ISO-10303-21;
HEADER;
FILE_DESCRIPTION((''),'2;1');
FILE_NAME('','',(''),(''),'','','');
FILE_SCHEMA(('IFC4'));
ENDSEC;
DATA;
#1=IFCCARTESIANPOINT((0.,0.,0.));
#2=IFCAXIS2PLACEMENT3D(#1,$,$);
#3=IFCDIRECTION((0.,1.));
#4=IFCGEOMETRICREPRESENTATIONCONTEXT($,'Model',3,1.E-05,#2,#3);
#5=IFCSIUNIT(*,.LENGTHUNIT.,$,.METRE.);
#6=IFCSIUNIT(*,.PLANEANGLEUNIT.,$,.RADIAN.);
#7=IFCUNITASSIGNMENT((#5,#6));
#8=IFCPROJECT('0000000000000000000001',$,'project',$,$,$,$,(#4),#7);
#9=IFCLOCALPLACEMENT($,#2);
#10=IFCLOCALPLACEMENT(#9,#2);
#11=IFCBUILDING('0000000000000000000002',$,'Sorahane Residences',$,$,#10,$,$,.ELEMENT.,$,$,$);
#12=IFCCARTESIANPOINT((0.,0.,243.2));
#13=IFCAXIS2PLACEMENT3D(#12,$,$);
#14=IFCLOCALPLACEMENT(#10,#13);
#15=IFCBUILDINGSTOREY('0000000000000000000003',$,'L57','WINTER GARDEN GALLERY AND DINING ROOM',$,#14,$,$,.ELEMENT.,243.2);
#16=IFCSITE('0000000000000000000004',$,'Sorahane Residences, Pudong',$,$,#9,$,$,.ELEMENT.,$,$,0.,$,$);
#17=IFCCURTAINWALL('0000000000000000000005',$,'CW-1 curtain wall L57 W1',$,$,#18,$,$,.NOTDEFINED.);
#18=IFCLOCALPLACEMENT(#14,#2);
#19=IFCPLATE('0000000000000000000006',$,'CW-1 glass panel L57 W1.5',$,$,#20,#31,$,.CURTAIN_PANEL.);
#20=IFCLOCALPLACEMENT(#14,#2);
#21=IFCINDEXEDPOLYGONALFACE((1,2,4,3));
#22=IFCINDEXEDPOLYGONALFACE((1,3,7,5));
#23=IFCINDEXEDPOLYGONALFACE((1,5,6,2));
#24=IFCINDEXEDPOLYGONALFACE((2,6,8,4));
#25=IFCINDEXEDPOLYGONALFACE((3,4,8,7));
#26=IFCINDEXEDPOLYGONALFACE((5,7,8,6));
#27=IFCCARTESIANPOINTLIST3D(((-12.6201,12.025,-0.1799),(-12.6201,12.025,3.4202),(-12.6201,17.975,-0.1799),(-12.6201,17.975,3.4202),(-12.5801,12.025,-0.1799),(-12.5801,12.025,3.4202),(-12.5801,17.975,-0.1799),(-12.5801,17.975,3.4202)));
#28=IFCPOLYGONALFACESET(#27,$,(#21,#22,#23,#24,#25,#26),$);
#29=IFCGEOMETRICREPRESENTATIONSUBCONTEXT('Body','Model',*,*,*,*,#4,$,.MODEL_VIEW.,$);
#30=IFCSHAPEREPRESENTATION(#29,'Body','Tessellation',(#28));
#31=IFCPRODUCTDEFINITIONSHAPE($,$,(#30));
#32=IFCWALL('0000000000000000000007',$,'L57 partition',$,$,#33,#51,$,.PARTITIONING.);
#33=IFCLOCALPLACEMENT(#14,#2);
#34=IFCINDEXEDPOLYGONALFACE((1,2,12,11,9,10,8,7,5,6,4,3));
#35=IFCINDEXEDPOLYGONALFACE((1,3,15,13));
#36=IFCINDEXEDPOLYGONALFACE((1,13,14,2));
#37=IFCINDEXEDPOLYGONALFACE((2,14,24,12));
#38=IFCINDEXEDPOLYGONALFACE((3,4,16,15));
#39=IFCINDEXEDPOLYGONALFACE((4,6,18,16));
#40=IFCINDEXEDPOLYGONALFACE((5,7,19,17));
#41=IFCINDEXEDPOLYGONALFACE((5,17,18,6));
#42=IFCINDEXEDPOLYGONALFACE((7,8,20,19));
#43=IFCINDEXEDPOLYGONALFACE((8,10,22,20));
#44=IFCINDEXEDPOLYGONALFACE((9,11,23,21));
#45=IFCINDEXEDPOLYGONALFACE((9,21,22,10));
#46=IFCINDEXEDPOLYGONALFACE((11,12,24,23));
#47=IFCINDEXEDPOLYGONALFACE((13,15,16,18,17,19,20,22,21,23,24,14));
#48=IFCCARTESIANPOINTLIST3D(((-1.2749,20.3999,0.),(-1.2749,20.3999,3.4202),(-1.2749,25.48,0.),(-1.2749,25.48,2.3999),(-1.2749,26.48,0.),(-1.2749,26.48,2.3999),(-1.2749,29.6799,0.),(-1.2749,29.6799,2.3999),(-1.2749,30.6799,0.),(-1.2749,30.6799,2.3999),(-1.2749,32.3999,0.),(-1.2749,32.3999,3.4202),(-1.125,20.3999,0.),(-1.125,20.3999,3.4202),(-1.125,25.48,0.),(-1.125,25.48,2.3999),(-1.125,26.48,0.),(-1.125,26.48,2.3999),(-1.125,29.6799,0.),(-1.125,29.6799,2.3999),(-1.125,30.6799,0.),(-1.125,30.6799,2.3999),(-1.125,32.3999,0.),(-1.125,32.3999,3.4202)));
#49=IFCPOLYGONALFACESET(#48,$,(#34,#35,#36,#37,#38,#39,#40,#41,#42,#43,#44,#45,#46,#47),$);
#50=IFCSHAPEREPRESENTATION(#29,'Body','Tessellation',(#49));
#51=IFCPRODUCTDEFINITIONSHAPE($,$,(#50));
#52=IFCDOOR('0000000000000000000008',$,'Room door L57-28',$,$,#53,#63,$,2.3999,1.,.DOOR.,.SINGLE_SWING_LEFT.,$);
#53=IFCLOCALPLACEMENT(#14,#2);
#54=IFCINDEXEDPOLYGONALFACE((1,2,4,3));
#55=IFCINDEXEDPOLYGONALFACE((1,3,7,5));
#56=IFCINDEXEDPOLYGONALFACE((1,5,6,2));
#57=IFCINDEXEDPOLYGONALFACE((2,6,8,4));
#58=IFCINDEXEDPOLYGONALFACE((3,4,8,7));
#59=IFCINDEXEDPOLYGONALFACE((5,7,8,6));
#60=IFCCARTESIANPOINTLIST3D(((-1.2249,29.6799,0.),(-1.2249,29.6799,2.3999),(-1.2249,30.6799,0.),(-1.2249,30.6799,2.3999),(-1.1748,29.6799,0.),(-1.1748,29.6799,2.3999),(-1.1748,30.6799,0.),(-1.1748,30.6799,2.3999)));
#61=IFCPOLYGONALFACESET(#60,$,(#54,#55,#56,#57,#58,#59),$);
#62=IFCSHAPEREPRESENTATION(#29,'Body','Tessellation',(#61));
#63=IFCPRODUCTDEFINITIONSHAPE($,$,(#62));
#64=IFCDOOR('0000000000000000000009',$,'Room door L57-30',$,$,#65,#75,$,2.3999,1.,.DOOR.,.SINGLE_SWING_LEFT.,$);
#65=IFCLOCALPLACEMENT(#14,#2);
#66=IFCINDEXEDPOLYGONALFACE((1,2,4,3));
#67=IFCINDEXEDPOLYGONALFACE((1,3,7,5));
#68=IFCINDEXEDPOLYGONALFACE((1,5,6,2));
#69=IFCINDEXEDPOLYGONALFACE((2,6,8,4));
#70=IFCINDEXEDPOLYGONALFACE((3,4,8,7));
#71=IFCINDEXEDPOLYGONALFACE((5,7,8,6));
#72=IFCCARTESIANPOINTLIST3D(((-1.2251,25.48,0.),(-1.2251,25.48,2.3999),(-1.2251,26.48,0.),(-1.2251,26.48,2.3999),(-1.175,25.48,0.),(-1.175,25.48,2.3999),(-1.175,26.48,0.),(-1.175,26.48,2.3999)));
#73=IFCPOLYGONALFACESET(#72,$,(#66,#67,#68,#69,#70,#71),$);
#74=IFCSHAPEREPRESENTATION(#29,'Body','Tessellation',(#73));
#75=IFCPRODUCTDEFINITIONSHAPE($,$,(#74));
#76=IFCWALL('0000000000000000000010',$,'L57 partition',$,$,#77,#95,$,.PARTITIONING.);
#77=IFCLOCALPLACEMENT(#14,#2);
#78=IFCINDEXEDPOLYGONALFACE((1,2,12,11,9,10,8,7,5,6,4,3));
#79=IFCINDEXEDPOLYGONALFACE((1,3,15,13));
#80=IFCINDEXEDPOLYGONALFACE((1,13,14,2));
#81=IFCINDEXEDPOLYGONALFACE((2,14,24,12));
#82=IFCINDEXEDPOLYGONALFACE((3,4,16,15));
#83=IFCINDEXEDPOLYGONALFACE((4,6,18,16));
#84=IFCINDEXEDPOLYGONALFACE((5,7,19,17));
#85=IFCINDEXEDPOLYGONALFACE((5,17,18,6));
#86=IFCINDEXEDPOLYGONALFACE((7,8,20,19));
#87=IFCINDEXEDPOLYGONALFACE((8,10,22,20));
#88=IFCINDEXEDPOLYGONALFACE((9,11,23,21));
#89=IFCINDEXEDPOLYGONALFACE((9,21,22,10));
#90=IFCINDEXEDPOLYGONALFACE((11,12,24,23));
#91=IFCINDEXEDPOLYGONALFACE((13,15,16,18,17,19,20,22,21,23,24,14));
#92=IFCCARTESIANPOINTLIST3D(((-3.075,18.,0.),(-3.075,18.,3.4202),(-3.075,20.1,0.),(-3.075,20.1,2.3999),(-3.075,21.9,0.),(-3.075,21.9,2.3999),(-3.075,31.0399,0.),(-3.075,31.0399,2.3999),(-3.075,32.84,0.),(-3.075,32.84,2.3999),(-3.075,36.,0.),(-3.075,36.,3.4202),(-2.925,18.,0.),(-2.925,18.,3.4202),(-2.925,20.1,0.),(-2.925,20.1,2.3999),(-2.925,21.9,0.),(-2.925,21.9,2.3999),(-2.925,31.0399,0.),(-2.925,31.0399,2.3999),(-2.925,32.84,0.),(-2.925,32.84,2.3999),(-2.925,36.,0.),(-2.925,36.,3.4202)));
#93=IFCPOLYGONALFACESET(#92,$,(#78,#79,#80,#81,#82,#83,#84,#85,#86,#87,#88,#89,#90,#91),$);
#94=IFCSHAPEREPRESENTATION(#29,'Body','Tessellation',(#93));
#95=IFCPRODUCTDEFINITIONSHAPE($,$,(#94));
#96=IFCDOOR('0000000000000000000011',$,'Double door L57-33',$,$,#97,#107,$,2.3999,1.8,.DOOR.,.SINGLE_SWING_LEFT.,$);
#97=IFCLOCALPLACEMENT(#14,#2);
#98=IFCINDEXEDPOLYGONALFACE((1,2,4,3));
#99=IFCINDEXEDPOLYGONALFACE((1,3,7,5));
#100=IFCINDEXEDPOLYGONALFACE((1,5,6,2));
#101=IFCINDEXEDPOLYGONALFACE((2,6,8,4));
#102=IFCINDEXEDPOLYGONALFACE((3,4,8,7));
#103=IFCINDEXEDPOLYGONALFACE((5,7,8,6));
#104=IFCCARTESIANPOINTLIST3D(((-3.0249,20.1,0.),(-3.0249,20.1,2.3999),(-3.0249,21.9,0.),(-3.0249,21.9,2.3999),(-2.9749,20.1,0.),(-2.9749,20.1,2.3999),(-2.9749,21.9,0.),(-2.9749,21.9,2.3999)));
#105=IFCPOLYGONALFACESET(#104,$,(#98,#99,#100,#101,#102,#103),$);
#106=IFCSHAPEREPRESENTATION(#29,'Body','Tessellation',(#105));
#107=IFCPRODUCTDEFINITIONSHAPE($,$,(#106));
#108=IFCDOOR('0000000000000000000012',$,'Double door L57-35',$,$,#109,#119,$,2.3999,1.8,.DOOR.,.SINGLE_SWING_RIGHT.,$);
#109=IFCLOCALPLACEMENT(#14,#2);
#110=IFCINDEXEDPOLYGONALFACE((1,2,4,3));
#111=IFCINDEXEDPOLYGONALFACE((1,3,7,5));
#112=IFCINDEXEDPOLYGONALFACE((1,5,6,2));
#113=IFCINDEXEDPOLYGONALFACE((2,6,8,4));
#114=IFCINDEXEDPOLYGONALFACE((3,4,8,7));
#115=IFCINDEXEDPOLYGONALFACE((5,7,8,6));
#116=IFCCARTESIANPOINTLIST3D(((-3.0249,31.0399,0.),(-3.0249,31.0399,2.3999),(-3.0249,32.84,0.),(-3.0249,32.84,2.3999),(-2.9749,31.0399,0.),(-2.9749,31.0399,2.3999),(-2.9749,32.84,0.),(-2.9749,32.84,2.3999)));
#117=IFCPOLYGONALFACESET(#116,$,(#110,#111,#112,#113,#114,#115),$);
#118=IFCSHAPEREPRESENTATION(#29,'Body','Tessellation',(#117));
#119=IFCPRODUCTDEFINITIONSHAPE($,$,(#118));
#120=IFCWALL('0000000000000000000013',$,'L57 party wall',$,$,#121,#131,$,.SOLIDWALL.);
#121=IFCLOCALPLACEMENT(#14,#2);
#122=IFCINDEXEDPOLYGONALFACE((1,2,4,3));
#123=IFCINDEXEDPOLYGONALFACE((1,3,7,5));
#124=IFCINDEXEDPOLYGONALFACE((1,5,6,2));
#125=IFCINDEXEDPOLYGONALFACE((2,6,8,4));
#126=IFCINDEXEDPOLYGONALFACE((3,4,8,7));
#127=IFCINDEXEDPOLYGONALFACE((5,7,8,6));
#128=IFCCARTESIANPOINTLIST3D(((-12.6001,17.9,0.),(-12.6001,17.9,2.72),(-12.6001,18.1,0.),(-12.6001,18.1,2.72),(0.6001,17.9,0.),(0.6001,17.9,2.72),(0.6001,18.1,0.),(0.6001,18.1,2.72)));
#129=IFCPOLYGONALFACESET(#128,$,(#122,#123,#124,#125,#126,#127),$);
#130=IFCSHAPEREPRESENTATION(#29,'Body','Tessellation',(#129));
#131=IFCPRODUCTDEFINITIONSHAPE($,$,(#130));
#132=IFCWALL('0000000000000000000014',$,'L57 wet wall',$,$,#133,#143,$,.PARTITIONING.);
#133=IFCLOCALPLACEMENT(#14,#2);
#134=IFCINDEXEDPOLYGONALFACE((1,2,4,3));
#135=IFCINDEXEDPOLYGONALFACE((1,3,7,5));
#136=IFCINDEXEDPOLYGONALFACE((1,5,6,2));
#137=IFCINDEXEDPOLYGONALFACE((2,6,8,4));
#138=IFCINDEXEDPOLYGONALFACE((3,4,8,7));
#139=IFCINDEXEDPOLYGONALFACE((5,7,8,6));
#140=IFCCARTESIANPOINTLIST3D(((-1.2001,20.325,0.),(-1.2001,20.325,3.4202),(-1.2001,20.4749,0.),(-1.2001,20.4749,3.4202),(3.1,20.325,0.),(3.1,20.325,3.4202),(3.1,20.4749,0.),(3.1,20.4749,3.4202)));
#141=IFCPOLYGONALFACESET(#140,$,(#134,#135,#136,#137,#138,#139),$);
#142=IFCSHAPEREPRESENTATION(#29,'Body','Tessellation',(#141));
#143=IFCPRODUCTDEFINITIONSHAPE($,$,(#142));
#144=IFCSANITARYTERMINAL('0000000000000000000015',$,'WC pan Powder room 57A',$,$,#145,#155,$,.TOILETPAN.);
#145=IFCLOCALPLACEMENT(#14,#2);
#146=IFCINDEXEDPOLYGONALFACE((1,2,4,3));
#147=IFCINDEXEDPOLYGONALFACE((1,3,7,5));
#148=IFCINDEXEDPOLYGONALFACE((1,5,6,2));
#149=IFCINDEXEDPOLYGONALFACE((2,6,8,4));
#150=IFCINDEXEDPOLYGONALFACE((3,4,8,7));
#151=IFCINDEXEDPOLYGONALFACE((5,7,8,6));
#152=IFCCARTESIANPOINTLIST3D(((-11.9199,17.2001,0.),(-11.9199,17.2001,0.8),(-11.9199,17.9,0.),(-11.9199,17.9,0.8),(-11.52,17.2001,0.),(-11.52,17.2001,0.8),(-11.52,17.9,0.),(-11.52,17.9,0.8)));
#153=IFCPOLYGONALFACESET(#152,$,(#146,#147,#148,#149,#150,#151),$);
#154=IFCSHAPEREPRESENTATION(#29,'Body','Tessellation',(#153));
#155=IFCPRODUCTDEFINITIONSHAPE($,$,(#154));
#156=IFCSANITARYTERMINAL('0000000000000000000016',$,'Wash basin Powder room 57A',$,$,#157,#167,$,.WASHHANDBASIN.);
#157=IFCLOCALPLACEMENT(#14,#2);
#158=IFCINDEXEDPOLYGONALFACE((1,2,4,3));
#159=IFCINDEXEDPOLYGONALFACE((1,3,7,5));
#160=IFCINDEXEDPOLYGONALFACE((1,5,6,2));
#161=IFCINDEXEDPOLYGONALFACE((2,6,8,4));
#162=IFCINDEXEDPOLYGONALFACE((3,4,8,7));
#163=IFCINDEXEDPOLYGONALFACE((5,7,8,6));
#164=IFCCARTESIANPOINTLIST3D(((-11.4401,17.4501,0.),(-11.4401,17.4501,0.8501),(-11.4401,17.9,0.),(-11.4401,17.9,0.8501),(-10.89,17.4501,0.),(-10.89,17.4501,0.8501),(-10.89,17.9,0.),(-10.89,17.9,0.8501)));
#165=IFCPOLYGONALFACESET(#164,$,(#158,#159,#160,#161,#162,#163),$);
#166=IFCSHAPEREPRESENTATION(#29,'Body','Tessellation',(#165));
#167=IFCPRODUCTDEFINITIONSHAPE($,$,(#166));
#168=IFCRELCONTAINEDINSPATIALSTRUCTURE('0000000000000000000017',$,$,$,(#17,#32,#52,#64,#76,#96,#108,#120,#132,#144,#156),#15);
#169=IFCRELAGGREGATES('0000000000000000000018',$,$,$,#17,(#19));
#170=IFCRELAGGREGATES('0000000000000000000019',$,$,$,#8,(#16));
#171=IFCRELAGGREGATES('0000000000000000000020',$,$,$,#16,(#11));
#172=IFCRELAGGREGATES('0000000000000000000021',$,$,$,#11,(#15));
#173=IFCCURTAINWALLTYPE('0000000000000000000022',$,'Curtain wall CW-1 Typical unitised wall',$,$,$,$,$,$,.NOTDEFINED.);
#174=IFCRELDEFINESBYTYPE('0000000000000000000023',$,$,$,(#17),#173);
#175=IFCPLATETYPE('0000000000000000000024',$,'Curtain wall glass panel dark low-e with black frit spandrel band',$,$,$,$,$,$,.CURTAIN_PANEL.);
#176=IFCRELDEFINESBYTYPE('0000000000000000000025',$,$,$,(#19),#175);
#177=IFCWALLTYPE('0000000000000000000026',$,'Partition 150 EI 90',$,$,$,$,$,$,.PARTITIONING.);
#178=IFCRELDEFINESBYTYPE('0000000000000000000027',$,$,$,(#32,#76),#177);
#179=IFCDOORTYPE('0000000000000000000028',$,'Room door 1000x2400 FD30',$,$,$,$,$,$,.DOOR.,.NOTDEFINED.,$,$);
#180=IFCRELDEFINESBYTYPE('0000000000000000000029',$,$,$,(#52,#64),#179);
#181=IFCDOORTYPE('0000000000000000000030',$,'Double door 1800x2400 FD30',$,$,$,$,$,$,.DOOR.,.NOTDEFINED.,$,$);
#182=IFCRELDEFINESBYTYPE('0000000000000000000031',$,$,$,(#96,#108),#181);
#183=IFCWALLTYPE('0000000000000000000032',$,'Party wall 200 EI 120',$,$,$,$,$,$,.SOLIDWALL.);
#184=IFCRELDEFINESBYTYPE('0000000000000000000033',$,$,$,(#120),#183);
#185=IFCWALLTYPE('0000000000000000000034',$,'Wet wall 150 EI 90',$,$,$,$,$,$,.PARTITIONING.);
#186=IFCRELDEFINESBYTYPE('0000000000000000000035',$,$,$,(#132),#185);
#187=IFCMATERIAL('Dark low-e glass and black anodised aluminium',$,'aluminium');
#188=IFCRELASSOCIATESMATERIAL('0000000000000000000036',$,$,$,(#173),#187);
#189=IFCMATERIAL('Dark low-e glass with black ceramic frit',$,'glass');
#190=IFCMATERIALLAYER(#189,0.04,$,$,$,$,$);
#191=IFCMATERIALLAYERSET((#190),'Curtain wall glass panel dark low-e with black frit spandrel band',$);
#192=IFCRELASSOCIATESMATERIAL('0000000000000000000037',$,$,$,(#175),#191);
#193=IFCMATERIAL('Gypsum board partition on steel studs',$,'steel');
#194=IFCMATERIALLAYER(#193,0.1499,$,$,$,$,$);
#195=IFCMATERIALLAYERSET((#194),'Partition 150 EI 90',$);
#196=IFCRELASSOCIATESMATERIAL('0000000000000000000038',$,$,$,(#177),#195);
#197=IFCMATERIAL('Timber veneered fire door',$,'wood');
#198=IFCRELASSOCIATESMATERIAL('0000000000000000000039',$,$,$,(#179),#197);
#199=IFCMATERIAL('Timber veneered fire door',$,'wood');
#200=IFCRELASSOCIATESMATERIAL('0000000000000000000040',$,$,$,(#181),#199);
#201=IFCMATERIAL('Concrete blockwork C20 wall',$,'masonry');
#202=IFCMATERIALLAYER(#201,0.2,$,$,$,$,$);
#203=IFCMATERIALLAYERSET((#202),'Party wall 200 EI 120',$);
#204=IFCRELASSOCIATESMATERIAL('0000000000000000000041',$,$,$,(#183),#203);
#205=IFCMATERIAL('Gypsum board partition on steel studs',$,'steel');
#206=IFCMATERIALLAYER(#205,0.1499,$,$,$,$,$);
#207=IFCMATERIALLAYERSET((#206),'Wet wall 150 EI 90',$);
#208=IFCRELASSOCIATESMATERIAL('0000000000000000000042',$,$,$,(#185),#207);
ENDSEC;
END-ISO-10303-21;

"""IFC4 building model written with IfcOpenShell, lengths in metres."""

from ifc_helpers import new_model, si_unit, direction, frame, frame_2d, origin, origin_2d, place, context, subcontext, project, spatial, rectangle, extrude, material, layer, layer_set, type_object, element, fill, aggregate, save


model = new_model("IFC4")

# Units and contexts
model_context = context("Model", 3, precision=1e-05, world=origin(), true_north=direction((0.0, 1.0)))
body_context = subcontext(model_context, "Body", "Model", "MODEL_VIEW")
ifc_project = project(units=[si_unit("LENGTHUNIT", "METRE"), si_unit("PLANEANGLEUNIT", "RADIAN")], contexts=[model_context])

# Site, building, storey
site_placement = place(None, origin())
site = spatial("IfcSite", under=ifc_project, at=site_placement, Name="Sorahane Residences, Pudong", CompositionType="ELEMENT", RefElevation=0.0)
building_placement = place(site_placement, origin())
building = spatial("IfcBuilding", under=site, at=building_placement, Name="Sorahane Residences", CompositionType="ELEMENT")
storey_placement = place(building_placement, frame((0.0, 0.0, 243.2)))
storey = spatial("IfcBuildingStorey", under=building, at=storey_placement, Name="L57", Description="WINTER GARDEN GALLERY AND DINING ROOM", CompositionType="ELEMENT", Elevation=243.2)

# Curtain wall
ifc_material_1 = material(Name="Dark low-e glass and black anodised aluminium", Category="aluminium")
curtain_wall_type = type_object("IfcCurtainWallType", Name="Curtain wall CW-1 Typical unitised wall", PredefinedType="NOTDEFINED", material=ifc_material_1)
curtain_wall_placement = place(storey_placement, origin())
curtain_wall = element("IfcCurtainWall", 1, at=curtain_wall_placement, inside=storey, type_object=curtain_wall_type, Name="CW-1 curtain wall L57 W1", PredefinedType="NOTDEFINED")

# Plate
ifc_material_2 = material(Name="Dark low-e glass with black ceramic frit", Category="glass")
ifc_layer_1 = layer(ifc_material_2, 0.04)
ifc_layer_set_1 = layer_set([ifc_layer_1], Name="Curtain wall glass panel dark low-e with black frit spandrel band")
plate_type = type_object("IfcPlateType", Name="Curtain wall glass panel dark low-e with black frit spandrel band", PredefinedType="CURTAIN_PANEL", material=ifc_layer_set_1)
plate_1_placement = place(storey_placement, frame((-12.6001, 15.0, -0.1799), z_axis=(0.0, 0.0, 1.0), x_axis=(0.0, -1.0, 0.0)))
plate_1 = element("IfcPlate", 2, at=plate_1_placement, type_object=plate_type, Name="CW-1 glass panel L57 W1.5", PredefinedType="CURTAIN_PANEL", context=body_context, shape_type="SweptSolid", body=[
    extrude(rectangle(XDim=5.95, YDim=0.04, at=origin_2d()), origin(), (0.0, 0.0, 1.0), 3.6001),
])
aggregate(curtain_wall, [plate_1])

# Walls, openings, doors
ifc_material_3 = material(Name="Gypsum board partition on steel studs", Category="steel")
ifc_layer_2 = layer(ifc_material_3, 0.1499)
ifc_layer_set_2 = layer_set([ifc_layer_2], Name="Partition 150 EI 90")
wall_type_1 = type_object("IfcWallType", Name="Partition 150 EI 90", PredefinedType="PARTITIONING", material=ifc_layer_set_2)
wall_1_placement = place(storey_placement, frame((-1.2, 20.3999, 0.0), z_axis=(0.0, 0.0, 1.0), x_axis=(0.0, 1.0, 0.0)))
wall_1 = element("IfcWall", 3, at=wall_1_placement, inside=storey, type_object=wall_type_1, Name="L57 partition", PredefinedType="PARTITIONING", context=body_context, shape_type="SweptSolid", body=[
    extrude(rectangle(XDim=12.0, YDim=0.1499, at=frame_2d((6.0, 0.0))), origin(), (0.0, 0.0, 1.0), 3.4202),
])
opening_1_placement = place(wall_1_placement, frame((9.28, 0.0, 0.0)))
opening_1 = element("IfcOpeningElement", 4, at=opening_1_placement, cuts=wall_1, PredefinedType="OPENING", context=body_context, shape_type="SweptSolid", body=[
    extrude(rectangle(XDim=1.0, YDim=2.3999, at=frame_2d((0.5, 1.2))), frame((0.0, 0.085, 0.0), z_axis=(0.0, -1.0, 0.0), x_axis=(1.0, 0.0, 0.0)), (0.0, 0.0, 1.0), 0.1699),
])
opening_2_placement = place(wall_1_placement, frame((5.0801, 0.0, 0.0)))
opening_2 = element("IfcOpeningElement", 5, at=opening_2_placement, cuts=wall_1, PredefinedType="OPENING", context=body_context, shape_type="SweptSolid", body=[
    extrude(rectangle(XDim=1.0, YDim=2.3999, at=frame_2d((0.5, 1.2))), frame((0.0, 0.085, 0.0), z_axis=(0.0, -1.0, 0.0), x_axis=(1.0, 0.0, 0.0)), (0.0, 0.0, 1.0), 0.1699),
])
ifc_material_4 = material(Name="Timber veneered fire door", Category="wood")
door_type_1 = type_object("IfcDoorType", Name="Room door 1000x2400 FD30", OperationType="NOTDEFINED", PredefinedType="DOOR", material=ifc_material_4)
door_1_placement = place(opening_1_placement, origin())
door_1 = element("IfcDoor", 6, at=door_1_placement, inside=storey, type_object=door_type_1, Name="Room door L57-28", OperationType="SINGLE_SWING_LEFT", OverallHeight=2.3999, OverallWidth=1.0, PredefinedType="DOOR", context=body_context, shape_type="SweptSolid", body=[
    extrude(rectangle(XDim=1.0, YDim=2.3999, at=frame_2d((0.5, 1.2))), frame((0.0, 0.0249, 0.0), z_axis=(0.0, -1.0, 0.0), x_axis=(1.0, 0.0, 0.0)), (0.0, 0.0, 1.0), 0.05),
])
fill(opening_1, door_1)
door_2_placement = place(opening_2_placement, frame((1.0, 0.0, 0.0), z_axis=(0.0, 0.0, 1.0), x_axis=(-1.0, 0.0, 0.0)))
door_2 = element("IfcDoor", 7, at=door_2_placement, inside=storey, type_object=door_type_1, Name="Room door L57-30", OperationType="SINGLE_SWING_LEFT", OverallHeight=2.3999, OverallWidth=1.0, PredefinedType="DOOR", context=body_context, shape_type="SweptSolid", body=[
    extrude(rectangle(XDim=1.0, YDim=2.3999, at=frame_2d((0.5, 1.2))), frame((0.0, 0.0249, 0.0), z_axis=(0.0, -1.0, 0.0), x_axis=(1.0, 0.0, 0.0)), (0.0, 0.0, 1.0), 0.05),
])
fill(opening_2, door_2)
wall_2_placement = place(storey_placement, frame((-3.0, 18.0, 0.0), z_axis=(0.0, 0.0, 1.0), x_axis=(0.0, 1.0, 0.0)))
wall_2 = element("IfcWall", 8, at=wall_2_placement, inside=storey, type_object=wall_type_1, Name="L57 partition", PredefinedType="PARTITIONING", context=body_context, shape_type="SweptSolid", body=[
    extrude(rectangle(XDim=18.0, YDim=0.1499, at=frame_2d((9.0, 0.0))), origin(), (0.0, 0.0, 1.0), 3.4202),
])
opening_3_placement = place(wall_2_placement, frame((2.1001, 0.0, 0.0)))
opening_3 = element("IfcOpeningElement", 9, at=opening_3_placement, cuts=wall_2, PredefinedType="OPENING", context=body_context, shape_type="SweptSolid", body=[
    extrude(rectangle(XDim=1.8, YDim=2.3999, at=frame_2d((0.8999, 1.2))), frame((0.0, 0.085, 0.0), z_axis=(0.0, -1.0, 0.0), x_axis=(1.0, 0.0, 0.0)), (0.0, 0.0, 1.0), 0.1699),
])
opening_4_placement = place(wall_2_placement, frame((13.04, 0.0, 0.0)))
opening_4 = element("IfcOpeningElement", 10, at=opening_4_placement, cuts=wall_2, PredefinedType="OPENING", context=body_context, shape_type="SweptSolid", body=[
    extrude(rectangle(XDim=1.8, YDim=2.3999, at=frame_2d((0.8999, 1.2))), frame((0.0, 0.085, 0.0), z_axis=(0.0, -1.0, 0.0), x_axis=(1.0, 0.0, 0.0)), (0.0, 0.0, 1.0), 0.1699),
])
ifc_material_5 = material(Name="Timber veneered fire door", Category="wood")
door_type_2 = type_object("IfcDoorType", Name="Double door 1800x2400 FD30", OperationType="NOTDEFINED", PredefinedType="DOOR", material=ifc_material_5)
door_3_placement = place(opening_3_placement, origin())
door_3 = element("IfcDoor", 11, at=door_3_placement, inside=storey, type_object=door_type_2, Name="Double door L57-33", OperationType="SINGLE_SWING_LEFT", OverallHeight=2.3999, OverallWidth=1.8, PredefinedType="DOOR", context=body_context, shape_type="SweptSolid", body=[
    extrude(rectangle(XDim=1.8, YDim=2.3999, at=frame_2d((0.8999, 1.2))), frame((0.0, 0.0249, 0.0), z_axis=(0.0, -1.0, 0.0), x_axis=(1.0, 0.0, 0.0)), (0.0, 0.0, 1.0), 0.05),
])
fill(opening_3, door_3)
door_4_placement = place(opening_4_placement, origin())
door_4 = element("IfcDoor", 12, at=door_4_placement, inside=storey, type_object=door_type_2, Name="Double door L57-35", OperationType="SINGLE_SWING_RIGHT", OverallHeight=2.3999, OverallWidth=1.8, PredefinedType="DOOR", context=body_context, shape_type="SweptSolid", body=[
    extrude(rectangle(XDim=1.8, YDim=2.3999, at=frame_2d((0.8999, 1.2))), frame((0.0, 0.0249, 0.0), z_axis=(0.0, -1.0, 0.0), x_axis=(1.0, 0.0, 0.0)), (0.0, 0.0, 1.0), 0.05),
])
fill(opening_4, door_4)

# Wall
ifc_material_6 = material(Name="Concrete blockwork C20 wall", Category="masonry")
ifc_layer_3 = layer(ifc_material_6, 0.2)
ifc_layer_set_3 = layer_set([ifc_layer_3], Name="Party wall 200 EI 120")
wall_type_2 = type_object("IfcWallType", Name="Party wall 200 EI 120", PredefinedType="SOLIDWALL", material=ifc_layer_set_3)
wall_3_placement = place(storey_placement, frame((-12.6001, 18.0, 0.0), z_axis=(0.0, 0.0, 1.0), x_axis=(1.0, 0.0, 0.0)))
element("IfcWall", 13, at=wall_3_placement, inside=storey, type_object=wall_type_2, Name="L57 party wall", PredefinedType="SOLIDWALL", context=body_context, shape_type="SweptSolid", body=[
    extrude(rectangle(XDim=13.2002, YDim=0.2, at=frame_2d((6.6001, 0.0))), origin(), (0.0, 0.0, 1.0), 2.72),
])

# Shared definitions
ifc_material_7 = material(Name="Gypsum board partition on steel studs", Category="steel")
ifc_layer_4 = layer(ifc_material_7, 0.1499)
ifc_layer_set_4 = layer_set([ifc_layer_4], Name="Wet wall 150 EI 90")
wall_type_3 = type_object("IfcWallType", Name="Wet wall 150 EI 90", PredefinedType="PARTITIONING", material=ifc_layer_set_4)

# Wall
wall_4_placement = place(storey_placement, frame((-1.2, 20.3999, 0.0), z_axis=(0.0, 0.0, 1.0), x_axis=(1.0, 0.0, 0.0)))
element("IfcWall", 14, at=wall_4_placement, inside=storey, type_object=wall_type_3, Name="L57 wet wall", PredefinedType="PARTITIONING", context=body_context, shape_type="SweptSolid", body=[
    extrude(rectangle(XDim=4.3, YDim=0.1499, at=frame_2d((2.1499, 0.0))), origin(), (0.0, 0.0, 1.0), 3.4202),
])

# Sanitary terminals
sanitary_terminal_1_placement = place(storey_placement, frame((-11.72, 17.55, 0.0), z_axis=(0.0, 0.0, 1.0), x_axis=(1.0, 0.0, 0.0)))
element("IfcSanitaryTerminal", 15, at=sanitary_terminal_1_placement, inside=storey, Name="WC pan Powder room 57A", PredefinedType="TOILETPAN", context=body_context, shape_type="SweptSolid", body=[
    extrude(rectangle(XDim=0.3999, YDim=0.7, at=origin_2d()), origin(), (0.0, 0.0, 1.0), 0.8),
])
sanitary_terminal_2_placement = place(storey_placement, frame((-11.165, 17.675, 0.0), z_axis=(0.0, 0.0, 1.0), x_axis=(1.0, 0.0, 0.0)))
element("IfcSanitaryTerminal", 16, at=sanitary_terminal_2_placement, inside=storey, Name="Wash basin Powder room 57A", PredefinedType="WASHHANDBASIN", context=body_context, shape_type="SweptSolid", body=[
    extrude(rectangle(XDim=0.55, YDim=0.45, at=origin_2d()), origin(), (0.0, 0.0, 1.0), 0.8501),
])

save(model, "model.ifc")
